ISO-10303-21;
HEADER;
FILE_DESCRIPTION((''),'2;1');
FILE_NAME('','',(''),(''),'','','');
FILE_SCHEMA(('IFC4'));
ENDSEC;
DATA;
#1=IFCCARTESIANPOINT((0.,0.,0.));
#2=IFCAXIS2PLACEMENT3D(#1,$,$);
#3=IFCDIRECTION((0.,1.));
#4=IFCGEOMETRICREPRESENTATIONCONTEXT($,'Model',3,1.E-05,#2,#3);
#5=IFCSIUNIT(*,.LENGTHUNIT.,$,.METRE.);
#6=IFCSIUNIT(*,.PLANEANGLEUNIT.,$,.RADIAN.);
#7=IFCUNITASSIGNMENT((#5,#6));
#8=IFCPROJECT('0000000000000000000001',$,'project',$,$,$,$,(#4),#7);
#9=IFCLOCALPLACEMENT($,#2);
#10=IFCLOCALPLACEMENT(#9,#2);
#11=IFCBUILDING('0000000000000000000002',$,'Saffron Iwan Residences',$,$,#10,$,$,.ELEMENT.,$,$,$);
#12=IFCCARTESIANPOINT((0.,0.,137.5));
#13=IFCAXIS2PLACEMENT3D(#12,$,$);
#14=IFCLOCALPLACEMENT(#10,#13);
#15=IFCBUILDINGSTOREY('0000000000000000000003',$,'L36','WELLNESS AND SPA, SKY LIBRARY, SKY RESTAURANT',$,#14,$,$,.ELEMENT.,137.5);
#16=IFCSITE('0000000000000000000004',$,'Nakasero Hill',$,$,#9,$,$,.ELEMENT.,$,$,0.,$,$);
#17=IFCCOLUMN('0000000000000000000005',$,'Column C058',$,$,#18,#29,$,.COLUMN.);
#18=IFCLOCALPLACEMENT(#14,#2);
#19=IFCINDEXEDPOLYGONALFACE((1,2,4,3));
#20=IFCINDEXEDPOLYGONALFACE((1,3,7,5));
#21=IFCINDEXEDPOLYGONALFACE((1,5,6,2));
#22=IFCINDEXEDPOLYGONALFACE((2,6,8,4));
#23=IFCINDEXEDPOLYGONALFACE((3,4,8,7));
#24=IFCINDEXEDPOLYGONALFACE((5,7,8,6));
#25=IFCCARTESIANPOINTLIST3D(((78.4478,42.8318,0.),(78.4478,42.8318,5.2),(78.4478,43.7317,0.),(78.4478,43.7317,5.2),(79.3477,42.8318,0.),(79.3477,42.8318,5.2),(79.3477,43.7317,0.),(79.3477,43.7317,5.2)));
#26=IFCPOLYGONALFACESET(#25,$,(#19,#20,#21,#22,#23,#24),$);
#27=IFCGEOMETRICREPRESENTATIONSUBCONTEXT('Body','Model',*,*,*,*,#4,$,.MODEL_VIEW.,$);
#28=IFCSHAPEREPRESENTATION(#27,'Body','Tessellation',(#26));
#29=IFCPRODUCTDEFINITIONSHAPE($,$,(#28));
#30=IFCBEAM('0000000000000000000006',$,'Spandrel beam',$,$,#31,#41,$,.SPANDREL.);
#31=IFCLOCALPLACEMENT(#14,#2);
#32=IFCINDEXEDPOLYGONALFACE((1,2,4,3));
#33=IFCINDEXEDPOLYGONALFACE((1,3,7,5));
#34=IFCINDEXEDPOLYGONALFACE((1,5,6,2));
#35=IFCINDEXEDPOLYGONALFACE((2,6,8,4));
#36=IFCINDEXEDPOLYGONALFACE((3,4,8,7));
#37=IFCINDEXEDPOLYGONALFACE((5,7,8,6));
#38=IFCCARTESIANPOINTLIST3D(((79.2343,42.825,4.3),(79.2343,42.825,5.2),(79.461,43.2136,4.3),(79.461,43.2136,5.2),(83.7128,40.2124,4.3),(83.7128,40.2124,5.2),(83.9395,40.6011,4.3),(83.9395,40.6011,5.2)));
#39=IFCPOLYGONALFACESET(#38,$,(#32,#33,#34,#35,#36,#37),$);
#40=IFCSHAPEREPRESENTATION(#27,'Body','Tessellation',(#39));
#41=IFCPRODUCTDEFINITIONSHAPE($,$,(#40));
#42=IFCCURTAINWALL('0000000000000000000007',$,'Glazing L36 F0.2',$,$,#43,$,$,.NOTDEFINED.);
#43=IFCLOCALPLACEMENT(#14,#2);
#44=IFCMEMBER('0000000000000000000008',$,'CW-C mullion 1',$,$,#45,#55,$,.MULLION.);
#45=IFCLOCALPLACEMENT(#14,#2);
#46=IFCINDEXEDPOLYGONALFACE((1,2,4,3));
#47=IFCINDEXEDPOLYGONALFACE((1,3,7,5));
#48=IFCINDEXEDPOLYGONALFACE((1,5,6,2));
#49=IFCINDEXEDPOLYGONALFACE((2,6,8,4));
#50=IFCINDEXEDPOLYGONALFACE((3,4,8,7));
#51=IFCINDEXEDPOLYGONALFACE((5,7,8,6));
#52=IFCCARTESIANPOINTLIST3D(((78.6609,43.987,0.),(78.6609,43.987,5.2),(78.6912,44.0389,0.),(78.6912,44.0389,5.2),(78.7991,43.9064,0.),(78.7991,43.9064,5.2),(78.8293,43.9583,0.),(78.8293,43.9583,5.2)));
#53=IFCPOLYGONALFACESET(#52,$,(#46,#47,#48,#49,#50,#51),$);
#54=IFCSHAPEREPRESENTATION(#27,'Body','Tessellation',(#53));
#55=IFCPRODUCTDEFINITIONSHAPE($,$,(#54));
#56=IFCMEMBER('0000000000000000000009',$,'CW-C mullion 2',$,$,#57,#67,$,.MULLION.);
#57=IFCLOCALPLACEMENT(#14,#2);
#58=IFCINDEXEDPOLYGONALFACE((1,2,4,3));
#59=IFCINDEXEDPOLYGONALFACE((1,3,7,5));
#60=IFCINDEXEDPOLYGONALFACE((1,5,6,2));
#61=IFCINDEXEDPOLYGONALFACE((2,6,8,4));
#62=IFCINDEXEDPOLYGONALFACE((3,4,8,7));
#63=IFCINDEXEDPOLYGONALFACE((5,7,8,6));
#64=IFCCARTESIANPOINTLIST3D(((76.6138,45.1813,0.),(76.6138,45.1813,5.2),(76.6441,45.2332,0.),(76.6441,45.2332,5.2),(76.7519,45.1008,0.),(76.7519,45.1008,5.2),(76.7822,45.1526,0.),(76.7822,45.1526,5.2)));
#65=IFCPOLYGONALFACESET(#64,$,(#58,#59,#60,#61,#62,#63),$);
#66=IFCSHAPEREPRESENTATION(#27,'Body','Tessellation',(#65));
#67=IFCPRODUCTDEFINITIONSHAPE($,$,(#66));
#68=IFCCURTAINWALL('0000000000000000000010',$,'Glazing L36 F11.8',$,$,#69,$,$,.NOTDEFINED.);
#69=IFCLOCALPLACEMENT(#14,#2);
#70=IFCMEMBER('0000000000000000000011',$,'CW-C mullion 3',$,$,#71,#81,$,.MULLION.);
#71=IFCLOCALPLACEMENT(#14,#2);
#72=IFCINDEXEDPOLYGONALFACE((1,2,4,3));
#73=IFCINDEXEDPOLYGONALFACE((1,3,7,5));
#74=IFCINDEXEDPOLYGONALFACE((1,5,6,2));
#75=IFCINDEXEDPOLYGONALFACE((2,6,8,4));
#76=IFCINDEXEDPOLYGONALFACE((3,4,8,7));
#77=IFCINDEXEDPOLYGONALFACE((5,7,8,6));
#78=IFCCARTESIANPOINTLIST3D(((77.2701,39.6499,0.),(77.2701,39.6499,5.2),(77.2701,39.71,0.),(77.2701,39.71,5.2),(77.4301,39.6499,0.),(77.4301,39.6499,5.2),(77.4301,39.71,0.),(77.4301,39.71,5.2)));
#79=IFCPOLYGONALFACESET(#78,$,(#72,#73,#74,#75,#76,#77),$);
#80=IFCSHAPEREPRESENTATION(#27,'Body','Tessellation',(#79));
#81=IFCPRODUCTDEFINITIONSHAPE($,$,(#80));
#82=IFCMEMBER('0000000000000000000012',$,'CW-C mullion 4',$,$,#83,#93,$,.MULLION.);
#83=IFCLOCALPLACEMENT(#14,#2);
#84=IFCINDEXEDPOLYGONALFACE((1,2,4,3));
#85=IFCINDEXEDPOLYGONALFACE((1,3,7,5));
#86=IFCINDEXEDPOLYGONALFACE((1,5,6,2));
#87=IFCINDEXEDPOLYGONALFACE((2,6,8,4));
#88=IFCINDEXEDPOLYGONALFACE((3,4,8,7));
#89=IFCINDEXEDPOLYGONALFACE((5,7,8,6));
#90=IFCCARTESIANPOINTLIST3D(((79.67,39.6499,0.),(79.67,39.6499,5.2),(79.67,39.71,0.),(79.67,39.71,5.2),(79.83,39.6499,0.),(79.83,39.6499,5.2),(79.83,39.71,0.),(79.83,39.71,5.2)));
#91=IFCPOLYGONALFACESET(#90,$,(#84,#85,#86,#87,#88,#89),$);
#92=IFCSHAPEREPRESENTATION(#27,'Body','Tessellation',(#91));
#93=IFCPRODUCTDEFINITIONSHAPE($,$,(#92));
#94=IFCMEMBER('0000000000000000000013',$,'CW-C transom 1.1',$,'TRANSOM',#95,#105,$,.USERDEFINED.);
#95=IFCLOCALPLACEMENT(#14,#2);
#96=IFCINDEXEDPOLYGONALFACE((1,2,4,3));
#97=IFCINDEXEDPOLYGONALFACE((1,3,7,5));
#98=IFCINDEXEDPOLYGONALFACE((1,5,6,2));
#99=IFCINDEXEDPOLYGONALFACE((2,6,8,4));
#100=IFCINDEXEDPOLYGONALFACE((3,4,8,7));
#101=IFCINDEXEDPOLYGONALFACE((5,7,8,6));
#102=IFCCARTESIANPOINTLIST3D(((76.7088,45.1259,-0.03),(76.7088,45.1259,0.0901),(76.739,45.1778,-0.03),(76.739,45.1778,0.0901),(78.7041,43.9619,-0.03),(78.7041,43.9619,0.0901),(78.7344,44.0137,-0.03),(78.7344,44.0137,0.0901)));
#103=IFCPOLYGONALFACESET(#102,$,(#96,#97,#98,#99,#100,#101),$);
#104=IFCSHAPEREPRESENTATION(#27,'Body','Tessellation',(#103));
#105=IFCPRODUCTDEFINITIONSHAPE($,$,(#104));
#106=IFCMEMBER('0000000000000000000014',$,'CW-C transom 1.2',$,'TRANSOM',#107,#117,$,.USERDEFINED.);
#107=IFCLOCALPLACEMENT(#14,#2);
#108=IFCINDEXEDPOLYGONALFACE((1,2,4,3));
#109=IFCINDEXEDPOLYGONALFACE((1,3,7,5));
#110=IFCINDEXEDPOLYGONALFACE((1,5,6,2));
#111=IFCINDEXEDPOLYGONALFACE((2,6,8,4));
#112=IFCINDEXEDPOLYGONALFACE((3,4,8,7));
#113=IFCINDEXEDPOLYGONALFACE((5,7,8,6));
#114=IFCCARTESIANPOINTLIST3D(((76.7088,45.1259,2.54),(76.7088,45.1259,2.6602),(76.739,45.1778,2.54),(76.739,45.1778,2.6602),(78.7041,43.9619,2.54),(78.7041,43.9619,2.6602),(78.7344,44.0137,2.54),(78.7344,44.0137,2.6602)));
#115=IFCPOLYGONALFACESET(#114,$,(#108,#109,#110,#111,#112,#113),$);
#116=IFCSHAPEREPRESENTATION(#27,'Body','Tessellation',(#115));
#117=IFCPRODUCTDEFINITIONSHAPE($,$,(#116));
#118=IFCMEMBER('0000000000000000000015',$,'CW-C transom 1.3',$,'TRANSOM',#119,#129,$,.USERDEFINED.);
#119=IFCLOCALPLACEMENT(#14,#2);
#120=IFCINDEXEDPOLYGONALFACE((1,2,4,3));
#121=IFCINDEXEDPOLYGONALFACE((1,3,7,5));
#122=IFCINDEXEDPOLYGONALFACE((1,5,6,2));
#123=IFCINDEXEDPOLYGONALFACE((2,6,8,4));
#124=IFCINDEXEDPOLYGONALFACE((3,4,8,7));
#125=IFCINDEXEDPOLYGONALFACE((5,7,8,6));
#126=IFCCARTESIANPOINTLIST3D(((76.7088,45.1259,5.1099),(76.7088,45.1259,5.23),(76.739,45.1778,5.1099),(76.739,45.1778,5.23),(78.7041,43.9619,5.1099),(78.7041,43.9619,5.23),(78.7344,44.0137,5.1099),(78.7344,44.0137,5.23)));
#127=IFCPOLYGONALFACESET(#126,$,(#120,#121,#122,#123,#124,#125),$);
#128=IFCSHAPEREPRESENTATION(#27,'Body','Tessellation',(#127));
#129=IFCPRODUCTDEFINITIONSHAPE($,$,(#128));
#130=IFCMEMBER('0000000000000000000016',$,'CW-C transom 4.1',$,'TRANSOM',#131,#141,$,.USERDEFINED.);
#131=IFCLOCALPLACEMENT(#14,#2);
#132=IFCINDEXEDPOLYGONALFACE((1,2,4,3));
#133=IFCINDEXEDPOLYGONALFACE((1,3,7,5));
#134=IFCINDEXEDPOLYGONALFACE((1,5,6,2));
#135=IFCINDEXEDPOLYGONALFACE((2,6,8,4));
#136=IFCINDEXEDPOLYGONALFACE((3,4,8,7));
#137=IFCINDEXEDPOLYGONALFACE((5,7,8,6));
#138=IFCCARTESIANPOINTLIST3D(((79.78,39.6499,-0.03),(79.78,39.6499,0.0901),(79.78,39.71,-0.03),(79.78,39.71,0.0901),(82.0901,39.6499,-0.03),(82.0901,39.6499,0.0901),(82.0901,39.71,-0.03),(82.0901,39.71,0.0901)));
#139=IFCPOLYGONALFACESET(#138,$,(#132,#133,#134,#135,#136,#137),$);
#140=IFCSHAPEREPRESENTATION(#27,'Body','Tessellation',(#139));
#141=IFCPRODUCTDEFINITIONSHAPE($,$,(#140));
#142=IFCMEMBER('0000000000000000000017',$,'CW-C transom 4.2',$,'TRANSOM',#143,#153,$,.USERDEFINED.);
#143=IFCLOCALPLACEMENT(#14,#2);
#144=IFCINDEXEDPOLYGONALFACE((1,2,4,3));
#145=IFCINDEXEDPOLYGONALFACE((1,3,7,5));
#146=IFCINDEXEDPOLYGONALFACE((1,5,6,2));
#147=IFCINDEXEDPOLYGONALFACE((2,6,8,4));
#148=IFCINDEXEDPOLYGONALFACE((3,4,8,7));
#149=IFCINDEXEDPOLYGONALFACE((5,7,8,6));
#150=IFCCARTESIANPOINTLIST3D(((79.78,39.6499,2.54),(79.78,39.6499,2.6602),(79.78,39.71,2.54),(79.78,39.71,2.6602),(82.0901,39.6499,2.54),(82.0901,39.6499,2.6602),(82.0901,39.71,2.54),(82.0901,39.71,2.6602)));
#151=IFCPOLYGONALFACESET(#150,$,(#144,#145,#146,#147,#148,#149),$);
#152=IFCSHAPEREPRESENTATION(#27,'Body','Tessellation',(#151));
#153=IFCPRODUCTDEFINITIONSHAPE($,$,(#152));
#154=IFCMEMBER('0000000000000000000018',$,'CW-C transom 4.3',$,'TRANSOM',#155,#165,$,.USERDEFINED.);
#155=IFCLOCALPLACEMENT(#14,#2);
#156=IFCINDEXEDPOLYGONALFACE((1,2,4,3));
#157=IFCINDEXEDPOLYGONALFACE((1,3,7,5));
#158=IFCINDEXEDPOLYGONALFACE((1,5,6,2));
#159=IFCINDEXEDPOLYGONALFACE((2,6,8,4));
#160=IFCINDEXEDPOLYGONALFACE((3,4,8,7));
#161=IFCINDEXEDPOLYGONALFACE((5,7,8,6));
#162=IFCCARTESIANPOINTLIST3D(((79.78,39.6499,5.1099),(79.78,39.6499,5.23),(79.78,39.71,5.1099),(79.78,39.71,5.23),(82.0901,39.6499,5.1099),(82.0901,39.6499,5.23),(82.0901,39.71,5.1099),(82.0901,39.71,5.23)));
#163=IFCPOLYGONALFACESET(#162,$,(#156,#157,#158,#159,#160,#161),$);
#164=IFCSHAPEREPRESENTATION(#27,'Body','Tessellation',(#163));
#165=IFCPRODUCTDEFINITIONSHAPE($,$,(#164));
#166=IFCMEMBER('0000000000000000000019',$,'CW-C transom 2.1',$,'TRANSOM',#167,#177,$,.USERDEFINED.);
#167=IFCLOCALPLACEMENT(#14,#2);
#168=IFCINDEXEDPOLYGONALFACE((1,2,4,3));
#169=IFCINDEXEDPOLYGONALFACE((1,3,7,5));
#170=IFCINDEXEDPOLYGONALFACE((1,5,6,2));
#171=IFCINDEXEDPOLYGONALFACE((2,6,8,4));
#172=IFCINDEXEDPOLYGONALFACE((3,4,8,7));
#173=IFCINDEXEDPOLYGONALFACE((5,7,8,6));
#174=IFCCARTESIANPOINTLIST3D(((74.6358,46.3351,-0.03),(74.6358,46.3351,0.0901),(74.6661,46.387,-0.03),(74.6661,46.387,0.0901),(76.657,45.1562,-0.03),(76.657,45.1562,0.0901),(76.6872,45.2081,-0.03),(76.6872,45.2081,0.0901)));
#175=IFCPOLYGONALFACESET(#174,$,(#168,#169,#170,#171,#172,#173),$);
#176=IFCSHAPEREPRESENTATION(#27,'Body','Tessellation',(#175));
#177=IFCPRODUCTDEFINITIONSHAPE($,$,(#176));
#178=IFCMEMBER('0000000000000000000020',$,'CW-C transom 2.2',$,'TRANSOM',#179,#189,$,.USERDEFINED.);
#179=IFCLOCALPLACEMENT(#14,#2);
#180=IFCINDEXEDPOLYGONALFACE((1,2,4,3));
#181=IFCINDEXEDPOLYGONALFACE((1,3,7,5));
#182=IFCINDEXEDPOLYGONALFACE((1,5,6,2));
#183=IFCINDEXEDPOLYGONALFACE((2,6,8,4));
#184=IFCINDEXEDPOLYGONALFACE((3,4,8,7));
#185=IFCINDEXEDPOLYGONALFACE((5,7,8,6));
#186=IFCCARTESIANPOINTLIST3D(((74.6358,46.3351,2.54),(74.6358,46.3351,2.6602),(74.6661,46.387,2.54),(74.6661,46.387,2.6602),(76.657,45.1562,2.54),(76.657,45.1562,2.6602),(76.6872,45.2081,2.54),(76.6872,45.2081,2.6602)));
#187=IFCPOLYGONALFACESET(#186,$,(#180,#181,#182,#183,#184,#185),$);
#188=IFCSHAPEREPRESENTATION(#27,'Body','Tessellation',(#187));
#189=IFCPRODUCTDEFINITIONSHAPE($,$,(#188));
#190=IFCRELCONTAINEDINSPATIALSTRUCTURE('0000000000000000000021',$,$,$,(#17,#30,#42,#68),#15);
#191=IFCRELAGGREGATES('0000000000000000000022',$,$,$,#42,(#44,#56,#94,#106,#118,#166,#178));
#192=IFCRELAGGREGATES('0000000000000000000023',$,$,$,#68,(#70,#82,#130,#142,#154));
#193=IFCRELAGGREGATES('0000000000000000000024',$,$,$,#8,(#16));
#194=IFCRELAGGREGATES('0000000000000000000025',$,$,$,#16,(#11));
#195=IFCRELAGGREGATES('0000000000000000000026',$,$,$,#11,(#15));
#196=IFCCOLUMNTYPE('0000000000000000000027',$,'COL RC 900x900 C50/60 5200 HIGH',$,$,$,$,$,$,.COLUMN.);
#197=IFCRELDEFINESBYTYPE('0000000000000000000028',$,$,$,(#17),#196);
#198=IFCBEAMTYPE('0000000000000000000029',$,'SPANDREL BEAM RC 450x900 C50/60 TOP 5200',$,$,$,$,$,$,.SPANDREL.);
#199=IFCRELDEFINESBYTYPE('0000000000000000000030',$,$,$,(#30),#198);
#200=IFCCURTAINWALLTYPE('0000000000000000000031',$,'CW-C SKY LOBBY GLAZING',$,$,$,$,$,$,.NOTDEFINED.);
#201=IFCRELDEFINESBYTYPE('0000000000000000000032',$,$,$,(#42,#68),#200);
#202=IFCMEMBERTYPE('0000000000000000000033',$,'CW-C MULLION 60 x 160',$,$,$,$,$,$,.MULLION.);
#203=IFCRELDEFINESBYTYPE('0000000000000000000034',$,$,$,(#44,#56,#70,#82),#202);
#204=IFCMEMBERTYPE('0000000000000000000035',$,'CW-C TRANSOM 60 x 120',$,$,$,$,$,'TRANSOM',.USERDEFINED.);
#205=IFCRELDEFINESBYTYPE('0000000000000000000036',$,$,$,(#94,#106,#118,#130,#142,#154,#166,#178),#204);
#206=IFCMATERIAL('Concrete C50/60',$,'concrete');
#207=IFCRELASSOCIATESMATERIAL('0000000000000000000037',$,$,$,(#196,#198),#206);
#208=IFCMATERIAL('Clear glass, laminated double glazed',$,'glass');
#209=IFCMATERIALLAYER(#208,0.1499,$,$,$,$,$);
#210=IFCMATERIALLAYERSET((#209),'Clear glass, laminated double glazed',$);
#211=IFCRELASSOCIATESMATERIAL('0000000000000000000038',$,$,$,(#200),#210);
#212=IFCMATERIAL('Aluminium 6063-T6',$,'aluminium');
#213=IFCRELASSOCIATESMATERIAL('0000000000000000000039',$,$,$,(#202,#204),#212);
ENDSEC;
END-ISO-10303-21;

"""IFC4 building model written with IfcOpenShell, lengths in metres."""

from ifc_helpers import new_model, si_unit, direction, frame, origin, origin_2d, place, context, subcontext, project, spatial, rectangle, extrude, source, transform, mapped, material, layer, layer_set, material_profile, profile_set, type_object, element, aggregate, save


model = new_model("IFC4")

# Units and contexts
model_context = context("Model", 3, precision=1e-05, world=origin(), true_north=direction((0.0, 1.0)))
body_context = subcontext(model_context, "Body", "Model", "MODEL_VIEW")
ifc_project = project(units=[si_unit("LENGTHUNIT", "METRE"), si_unit("PLANEANGLEUNIT", "RADIAN")], contexts=[model_context])

# Site, building, storey
site_placement = place(None, origin())
site = spatial("IfcSite", under=ifc_project, at=site_placement, Name="Nakasero Hill", CompositionType="ELEMENT", RefElevation=0.0)
building_placement = place(site_placement, origin())
building = spatial("IfcBuilding", under=site, at=building_placement, Name="Saffron Iwan Residences", CompositionType="ELEMENT")
storey_placement = place(building_placement, frame((0.0, 0.0, 137.5)))
storey = spatial("IfcBuildingStorey", under=building, at=storey_placement, Name="L36", Description="WELLNESS AND SPA, SKY LIBRARY, SKY RESTAURANT", CompositionType="ELEMENT", Elevation=137.5)

# Column
ifc_material_1 = material(Name="Concrete C50/60", Category="concrete")
ifc_material_profile_1 = material_profile(ifc_material_1, rectangle(XDim=0.8999, YDim=0.8999, at=origin_2d()), Name="RC 900x900")
ifc_profile_set_1 = profile_set([ifc_material_profile_1], Name="Concrete C50/60")
column_type = type_object("IfcColumnType", Name="COL RC 900x900 C50/60 5200 HIGH", PredefinedType="COLUMN", material=ifc_profile_set_1)
shared_shape_1 = source(origin(), body_context, "Body", "SweptSolid", [
    extrude(rectangle(XDim=0.8999, YDim=0.8999, at=origin_2d()), origin(), (0.0, 0.0, 1.0), 5.2),
])
column_placement = place(storey_placement, frame((78.8977, 43.2817, 0.0), z_axis=(0.0, 0.0, 1.0), x_axis=(1.0, 0.0, 0.0)))
element("IfcColumn", 1, at=column_placement, inside=storey, type_object=column_type, Name="Column C058", PredefinedType="COLUMN", context=body_context, shape_type="MappedRepresentation", body=[
    mapped(shared_shape_1, transform((0.0, 0.0, 0.0))),
])

# Beam
ifc_material_profile_2 = material_profile(ifc_material_1, rectangle(XDim=0.45, YDim=0.8999, at=origin_2d()), Name="RC 450x900")
ifc_profile_set_2 = profile_set([ifc_material_profile_2], Name="Concrete C50/60")
beam_type = type_object("IfcBeamType", Name="SPANDREL BEAM RC 450x900 C50/60 TOP 5200", PredefinedType="SPANDREL", material=ifc_profile_set_2)
shared_shape_2 = source(origin(), body_context, "Body", "SweptSolid", [
    extrude(rectangle(XDim=0.45, YDim=0.8999, at=origin_2d()), origin(), (0.0, 0.0, 1.0), 5.1848),
])
beam_placement = place(storey_placement, frame((79.3477, 43.0193, 4.75), z_axis=(0.863772, -0.503883, 0.0), x_axis=(0.503883, 0.863772, 0.0)))
element("IfcBeam", 2, at=beam_placement, inside=storey, type_object=beam_type, Name="Spandrel beam", PredefinedType="SPANDREL", context=body_context, shape_type="MappedRepresentation", body=[
    mapped(shared_shape_2, transform((0.0, 0.0, 0.0))),
])

# Curtain walls, members
ifc_material_2 = material(Name="Clear glass, laminated double glazed", Category="glass")
ifc_layer_1 = layer(ifc_material_2, 0.1499)
ifc_layer_set_1 = layer_set([ifc_layer_1], Name="Clear glass, laminated double glazed")
curtain_wall_type = type_object("IfcCurtainWallType", Name="CW-C SKY LOBBY GLAZING", PredefinedType="NOTDEFINED", material=ifc_layer_set_1)
curtain_wall_1_placement = place(storey_placement, origin())
curtain_wall_1 = element("IfcCurtainWall", 3, at=curtain_wall_1_placement, inside=storey, type_object=curtain_wall_type, Name="Glazing L36 F0.2", PredefinedType="NOTDEFINED")
ifc_material_3 = material(Name="Aluminium 6063-T6", Category="aluminium")
ifc_material_profile_3 = material_profile(ifc_material_3, rectangle(XDim=0.0601, YDim=0.1599, at=origin_2d()), Name="CW-C MULLION 60 x 160")
ifc_profile_set_3 = profile_set([ifc_material_profile_3], Name="Aluminium 6063-T6")
member_type_1 = type_object("IfcMemberType", Name="CW-C MULLION 60 x 160", PredefinedType="MULLION", material=ifc_profile_set_3)
shared_shape_3 = source(origin(), body_context, "Body", "SweptSolid", [
    extrude(rectangle(XDim=0.0601, YDim=0.1599, at=origin_2d()), origin(), (0.0, 0.0, 1.0), 5.2),
])
member_1_placement = place(storey_placement, frame((78.7451, 43.9727, 0.0), z_axis=(0.0, 0.0, 1.0), x_axis=(-0.503871, -0.863779, 0.0)))
member_1 = element("IfcMember", 4, at=member_1_placement, type_object=member_type_1, Name="CW-C mullion 1", PredefinedType="MULLION", context=body_context, shape_type="MappedRepresentation", body=[
    mapped(shared_shape_3, transform((0.0, 0.0, 0.0))),
])
member_2_placement = place(storey_placement, frame((76.698, 45.167, 0.0), z_axis=(0.0, 0.0, 1.0), x_axis=(-0.503871, -0.863779, 0.0)))
member_2 = element("IfcMember", 5, at=member_2_placement, type_object=member_type_1, Name="CW-C mullion 2", PredefinedType="MULLION", context=body_context, shape_type="MappedRepresentation", body=[
    mapped(shared_shape_3, transform((0.0, 0.0, 0.0))),
])
curtain_wall_2_placement = place(storey_placement, origin())
curtain_wall_2 = element("IfcCurtainWall", 6, at=curtain_wall_2_placement, inside=storey, type_object=curtain_wall_type, Name="Glazing L36 F11.8", PredefinedType="NOTDEFINED")
member_3_placement = place(storey_placement, frame((77.3501, 39.6799, 0.0), z_axis=(0.0, 0.0, 1.0), x_axis=(0.0, 1.0, 0.0)))
member_3 = element("IfcMember", 7, at=member_3_placement, type_object=member_type_1, Name="CW-C mullion 3", PredefinedType="MULLION", context=body_context, shape_type="MappedRepresentation", body=[
    mapped(shared_shape_3, transform((0.0, 0.0, 0.0))),
])
member_4_placement = place(storey_placement, frame((79.75, 39.6799, 0.0), z_axis=(0.0, 0.0, 1.0), x_axis=(0.0, 1.0, 0.0)))
member_4 = element("IfcMember", 8, at=member_4_placement, type_object=member_type_1, Name="CW-C mullion 4", PredefinedType="MULLION", context=body_context, shape_type="MappedRepresentation", body=[
    mapped(shared_shape_3, transform((0.0, 0.0, 0.0))),
])

# Members
ifc_material_profile_4 = material_profile(ifc_material_3, rectangle(XDim=0.0601, YDim=0.1201, at=origin_2d()), Name="CW-C TRANSOM 60 x 120")
ifc_profile_set_4 = profile_set([ifc_material_profile_4], Name="Aluminium 6063-T6")
member_type_2 = type_object("IfcMemberType", Name="CW-C TRANSOM 60 x 120", ElementType="TRANSOM", PredefinedType="USERDEFINED", material=ifc_profile_set_4)
shared_shape_4 = source(origin(), body_context, "Body", "SweptSolid", [
    extrude(rectangle(XDim=0.0601, YDim=0.1201, at=origin_2d()), origin(), (0.0, 0.0, 1.0), 2.3101),
])
member_5_placement = place(storey_placement, frame((78.7192, 43.9878, 0.03), z_axis=(-0.86376, 0.503904, 0.0), x_axis=(-0.503904, -0.86376, 0.0)))
member_5 = element("IfcMember", 9, at=member_5_placement, type_object=member_type_2, Name="CW-C transom 1.1", ObjectType="TRANSOM", PredefinedType="USERDEFINED", context=body_context, shape_type="MappedRepresentation", body=[
    mapped(shared_shape_4, transform((0.0, 0.0, 0.0))),
])
member_6_placement = place(storey_placement, frame((78.7192, 43.9878, 2.6001), z_axis=(-0.86376, 0.503904, 0.0), x_axis=(-0.503904, -0.86376, 0.0)))
member_6 = element("IfcMember", 10, at=member_6_placement, type_object=member_type_2, Name="CW-C transom 1.2", ObjectType="TRANSOM", PredefinedType="USERDEFINED", context=body_context, shape_type="MappedRepresentation", body=[
    mapped(shared_shape_4, transform((0.0, 0.0, 0.0))),
])
member_7_placement = place(storey_placement, frame((78.7192, 43.9878, 5.1699), z_axis=(-0.86376, 0.503904, 0.0), x_axis=(-0.503904, -0.86376, 0.0)))
member_7 = element("IfcMember", 11, at=member_7_placement, type_object=member_type_2, Name="CW-C transom 1.3", ObjectType="TRANSOM", PredefinedType="USERDEFINED", context=body_context, shape_type="MappedRepresentation", body=[
    mapped(shared_shape_4, transform((0.0, 0.0, 0.0))),
])
member_8_placement = place(storey_placement, frame((79.78, 39.6799, 0.03), z_axis=(1.0, 0.0, 0.0), x_axis=(0.0, 1.0, 0.0)))
member_8 = element("IfcMember", 12, at=member_8_placement, type_object=member_type_2, Name="CW-C transom 4.1", ObjectType="TRANSOM", PredefinedType="USERDEFINED", context=body_context, shape_type="MappedRepresentation", body=[
    mapped(shared_shape_4, transform((0.0, 0.0, 0.0))),
])
member_9_placement = place(storey_placement, frame((79.78, 39.6799, 2.6001), z_axis=(1.0, 0.0, 0.0), x_axis=(0.0, 1.0, 0.0)))
member_9 = element("IfcMember", 13, at=member_9_placement, type_object=member_type_2, Name="CW-C transom 4.2", ObjectType="TRANSOM", PredefinedType="USERDEFINED", context=body_context, shape_type="MappedRepresentation", body=[
    mapped(shared_shape_4, transform((0.0, 0.0, 0.0))),
])
member_10_placement = place(storey_placement, frame((79.78, 39.6799, 5.1699), z_axis=(1.0, 0.0, 0.0), x_axis=(0.0, 1.0, 0.0)))
member_10 = element("IfcMember", 14, at=member_10_placement, type_object=member_type_2, Name="CW-C transom 4.3", ObjectType="TRANSOM", PredefinedType="USERDEFINED", context=body_context, shape_type="MappedRepresentation", body=[
    mapped(shared_shape_4, transform((0.0, 0.0, 0.0))),
])
shared_shape_5 = source(origin(), body_context, "Body", "SweptSolid", [
    extrude(rectangle(XDim=0.0601, YDim=0.1201, at=origin_2d()), origin(), (0.0, 0.0, 1.0), 2.3398),
])
member_11_placement = place(storey_placement, frame((76.6721, 45.1821, 0.03), z_axis=(-0.863798, 0.503839, 0.0), x_axis=(-0.503839, -0.863798, 0.0)))
member_11 = element("IfcMember", 15, at=member_11_placement, type_object=member_type_2, Name="CW-C transom 2.1", ObjectType="TRANSOM", PredefinedType="USERDEFINED", context=body_context, shape_type="MappedRepresentation", body=[
    mapped(shared_shape_5, transform((0.0, 0.0, 0.0))),
])
member_12_placement = place(storey_placement, frame((76.6721, 45.1821, 2.6001), z_axis=(-0.863798, 0.503839, 0.0), x_axis=(-0.503839, -0.863798, 0.0)))
member_12 = element("IfcMember", 16, at=member_12_placement, type_object=member_type_2, Name="CW-C transom 2.2", ObjectType="TRANSOM", PredefinedType="USERDEFINED", context=body_context, shape_type="MappedRepresentation", body=[
    mapped(shared_shape_5, transform((0.0, 0.0, 0.0))),
])

aggregate(curtain_wall_1, [member_1, member_2, member_5, member_6, member_7, member_11, member_12])
aggregate(curtain_wall_2, [member_3, member_4, member_8, member_9, member_10])

save(model, "model.ifc")
